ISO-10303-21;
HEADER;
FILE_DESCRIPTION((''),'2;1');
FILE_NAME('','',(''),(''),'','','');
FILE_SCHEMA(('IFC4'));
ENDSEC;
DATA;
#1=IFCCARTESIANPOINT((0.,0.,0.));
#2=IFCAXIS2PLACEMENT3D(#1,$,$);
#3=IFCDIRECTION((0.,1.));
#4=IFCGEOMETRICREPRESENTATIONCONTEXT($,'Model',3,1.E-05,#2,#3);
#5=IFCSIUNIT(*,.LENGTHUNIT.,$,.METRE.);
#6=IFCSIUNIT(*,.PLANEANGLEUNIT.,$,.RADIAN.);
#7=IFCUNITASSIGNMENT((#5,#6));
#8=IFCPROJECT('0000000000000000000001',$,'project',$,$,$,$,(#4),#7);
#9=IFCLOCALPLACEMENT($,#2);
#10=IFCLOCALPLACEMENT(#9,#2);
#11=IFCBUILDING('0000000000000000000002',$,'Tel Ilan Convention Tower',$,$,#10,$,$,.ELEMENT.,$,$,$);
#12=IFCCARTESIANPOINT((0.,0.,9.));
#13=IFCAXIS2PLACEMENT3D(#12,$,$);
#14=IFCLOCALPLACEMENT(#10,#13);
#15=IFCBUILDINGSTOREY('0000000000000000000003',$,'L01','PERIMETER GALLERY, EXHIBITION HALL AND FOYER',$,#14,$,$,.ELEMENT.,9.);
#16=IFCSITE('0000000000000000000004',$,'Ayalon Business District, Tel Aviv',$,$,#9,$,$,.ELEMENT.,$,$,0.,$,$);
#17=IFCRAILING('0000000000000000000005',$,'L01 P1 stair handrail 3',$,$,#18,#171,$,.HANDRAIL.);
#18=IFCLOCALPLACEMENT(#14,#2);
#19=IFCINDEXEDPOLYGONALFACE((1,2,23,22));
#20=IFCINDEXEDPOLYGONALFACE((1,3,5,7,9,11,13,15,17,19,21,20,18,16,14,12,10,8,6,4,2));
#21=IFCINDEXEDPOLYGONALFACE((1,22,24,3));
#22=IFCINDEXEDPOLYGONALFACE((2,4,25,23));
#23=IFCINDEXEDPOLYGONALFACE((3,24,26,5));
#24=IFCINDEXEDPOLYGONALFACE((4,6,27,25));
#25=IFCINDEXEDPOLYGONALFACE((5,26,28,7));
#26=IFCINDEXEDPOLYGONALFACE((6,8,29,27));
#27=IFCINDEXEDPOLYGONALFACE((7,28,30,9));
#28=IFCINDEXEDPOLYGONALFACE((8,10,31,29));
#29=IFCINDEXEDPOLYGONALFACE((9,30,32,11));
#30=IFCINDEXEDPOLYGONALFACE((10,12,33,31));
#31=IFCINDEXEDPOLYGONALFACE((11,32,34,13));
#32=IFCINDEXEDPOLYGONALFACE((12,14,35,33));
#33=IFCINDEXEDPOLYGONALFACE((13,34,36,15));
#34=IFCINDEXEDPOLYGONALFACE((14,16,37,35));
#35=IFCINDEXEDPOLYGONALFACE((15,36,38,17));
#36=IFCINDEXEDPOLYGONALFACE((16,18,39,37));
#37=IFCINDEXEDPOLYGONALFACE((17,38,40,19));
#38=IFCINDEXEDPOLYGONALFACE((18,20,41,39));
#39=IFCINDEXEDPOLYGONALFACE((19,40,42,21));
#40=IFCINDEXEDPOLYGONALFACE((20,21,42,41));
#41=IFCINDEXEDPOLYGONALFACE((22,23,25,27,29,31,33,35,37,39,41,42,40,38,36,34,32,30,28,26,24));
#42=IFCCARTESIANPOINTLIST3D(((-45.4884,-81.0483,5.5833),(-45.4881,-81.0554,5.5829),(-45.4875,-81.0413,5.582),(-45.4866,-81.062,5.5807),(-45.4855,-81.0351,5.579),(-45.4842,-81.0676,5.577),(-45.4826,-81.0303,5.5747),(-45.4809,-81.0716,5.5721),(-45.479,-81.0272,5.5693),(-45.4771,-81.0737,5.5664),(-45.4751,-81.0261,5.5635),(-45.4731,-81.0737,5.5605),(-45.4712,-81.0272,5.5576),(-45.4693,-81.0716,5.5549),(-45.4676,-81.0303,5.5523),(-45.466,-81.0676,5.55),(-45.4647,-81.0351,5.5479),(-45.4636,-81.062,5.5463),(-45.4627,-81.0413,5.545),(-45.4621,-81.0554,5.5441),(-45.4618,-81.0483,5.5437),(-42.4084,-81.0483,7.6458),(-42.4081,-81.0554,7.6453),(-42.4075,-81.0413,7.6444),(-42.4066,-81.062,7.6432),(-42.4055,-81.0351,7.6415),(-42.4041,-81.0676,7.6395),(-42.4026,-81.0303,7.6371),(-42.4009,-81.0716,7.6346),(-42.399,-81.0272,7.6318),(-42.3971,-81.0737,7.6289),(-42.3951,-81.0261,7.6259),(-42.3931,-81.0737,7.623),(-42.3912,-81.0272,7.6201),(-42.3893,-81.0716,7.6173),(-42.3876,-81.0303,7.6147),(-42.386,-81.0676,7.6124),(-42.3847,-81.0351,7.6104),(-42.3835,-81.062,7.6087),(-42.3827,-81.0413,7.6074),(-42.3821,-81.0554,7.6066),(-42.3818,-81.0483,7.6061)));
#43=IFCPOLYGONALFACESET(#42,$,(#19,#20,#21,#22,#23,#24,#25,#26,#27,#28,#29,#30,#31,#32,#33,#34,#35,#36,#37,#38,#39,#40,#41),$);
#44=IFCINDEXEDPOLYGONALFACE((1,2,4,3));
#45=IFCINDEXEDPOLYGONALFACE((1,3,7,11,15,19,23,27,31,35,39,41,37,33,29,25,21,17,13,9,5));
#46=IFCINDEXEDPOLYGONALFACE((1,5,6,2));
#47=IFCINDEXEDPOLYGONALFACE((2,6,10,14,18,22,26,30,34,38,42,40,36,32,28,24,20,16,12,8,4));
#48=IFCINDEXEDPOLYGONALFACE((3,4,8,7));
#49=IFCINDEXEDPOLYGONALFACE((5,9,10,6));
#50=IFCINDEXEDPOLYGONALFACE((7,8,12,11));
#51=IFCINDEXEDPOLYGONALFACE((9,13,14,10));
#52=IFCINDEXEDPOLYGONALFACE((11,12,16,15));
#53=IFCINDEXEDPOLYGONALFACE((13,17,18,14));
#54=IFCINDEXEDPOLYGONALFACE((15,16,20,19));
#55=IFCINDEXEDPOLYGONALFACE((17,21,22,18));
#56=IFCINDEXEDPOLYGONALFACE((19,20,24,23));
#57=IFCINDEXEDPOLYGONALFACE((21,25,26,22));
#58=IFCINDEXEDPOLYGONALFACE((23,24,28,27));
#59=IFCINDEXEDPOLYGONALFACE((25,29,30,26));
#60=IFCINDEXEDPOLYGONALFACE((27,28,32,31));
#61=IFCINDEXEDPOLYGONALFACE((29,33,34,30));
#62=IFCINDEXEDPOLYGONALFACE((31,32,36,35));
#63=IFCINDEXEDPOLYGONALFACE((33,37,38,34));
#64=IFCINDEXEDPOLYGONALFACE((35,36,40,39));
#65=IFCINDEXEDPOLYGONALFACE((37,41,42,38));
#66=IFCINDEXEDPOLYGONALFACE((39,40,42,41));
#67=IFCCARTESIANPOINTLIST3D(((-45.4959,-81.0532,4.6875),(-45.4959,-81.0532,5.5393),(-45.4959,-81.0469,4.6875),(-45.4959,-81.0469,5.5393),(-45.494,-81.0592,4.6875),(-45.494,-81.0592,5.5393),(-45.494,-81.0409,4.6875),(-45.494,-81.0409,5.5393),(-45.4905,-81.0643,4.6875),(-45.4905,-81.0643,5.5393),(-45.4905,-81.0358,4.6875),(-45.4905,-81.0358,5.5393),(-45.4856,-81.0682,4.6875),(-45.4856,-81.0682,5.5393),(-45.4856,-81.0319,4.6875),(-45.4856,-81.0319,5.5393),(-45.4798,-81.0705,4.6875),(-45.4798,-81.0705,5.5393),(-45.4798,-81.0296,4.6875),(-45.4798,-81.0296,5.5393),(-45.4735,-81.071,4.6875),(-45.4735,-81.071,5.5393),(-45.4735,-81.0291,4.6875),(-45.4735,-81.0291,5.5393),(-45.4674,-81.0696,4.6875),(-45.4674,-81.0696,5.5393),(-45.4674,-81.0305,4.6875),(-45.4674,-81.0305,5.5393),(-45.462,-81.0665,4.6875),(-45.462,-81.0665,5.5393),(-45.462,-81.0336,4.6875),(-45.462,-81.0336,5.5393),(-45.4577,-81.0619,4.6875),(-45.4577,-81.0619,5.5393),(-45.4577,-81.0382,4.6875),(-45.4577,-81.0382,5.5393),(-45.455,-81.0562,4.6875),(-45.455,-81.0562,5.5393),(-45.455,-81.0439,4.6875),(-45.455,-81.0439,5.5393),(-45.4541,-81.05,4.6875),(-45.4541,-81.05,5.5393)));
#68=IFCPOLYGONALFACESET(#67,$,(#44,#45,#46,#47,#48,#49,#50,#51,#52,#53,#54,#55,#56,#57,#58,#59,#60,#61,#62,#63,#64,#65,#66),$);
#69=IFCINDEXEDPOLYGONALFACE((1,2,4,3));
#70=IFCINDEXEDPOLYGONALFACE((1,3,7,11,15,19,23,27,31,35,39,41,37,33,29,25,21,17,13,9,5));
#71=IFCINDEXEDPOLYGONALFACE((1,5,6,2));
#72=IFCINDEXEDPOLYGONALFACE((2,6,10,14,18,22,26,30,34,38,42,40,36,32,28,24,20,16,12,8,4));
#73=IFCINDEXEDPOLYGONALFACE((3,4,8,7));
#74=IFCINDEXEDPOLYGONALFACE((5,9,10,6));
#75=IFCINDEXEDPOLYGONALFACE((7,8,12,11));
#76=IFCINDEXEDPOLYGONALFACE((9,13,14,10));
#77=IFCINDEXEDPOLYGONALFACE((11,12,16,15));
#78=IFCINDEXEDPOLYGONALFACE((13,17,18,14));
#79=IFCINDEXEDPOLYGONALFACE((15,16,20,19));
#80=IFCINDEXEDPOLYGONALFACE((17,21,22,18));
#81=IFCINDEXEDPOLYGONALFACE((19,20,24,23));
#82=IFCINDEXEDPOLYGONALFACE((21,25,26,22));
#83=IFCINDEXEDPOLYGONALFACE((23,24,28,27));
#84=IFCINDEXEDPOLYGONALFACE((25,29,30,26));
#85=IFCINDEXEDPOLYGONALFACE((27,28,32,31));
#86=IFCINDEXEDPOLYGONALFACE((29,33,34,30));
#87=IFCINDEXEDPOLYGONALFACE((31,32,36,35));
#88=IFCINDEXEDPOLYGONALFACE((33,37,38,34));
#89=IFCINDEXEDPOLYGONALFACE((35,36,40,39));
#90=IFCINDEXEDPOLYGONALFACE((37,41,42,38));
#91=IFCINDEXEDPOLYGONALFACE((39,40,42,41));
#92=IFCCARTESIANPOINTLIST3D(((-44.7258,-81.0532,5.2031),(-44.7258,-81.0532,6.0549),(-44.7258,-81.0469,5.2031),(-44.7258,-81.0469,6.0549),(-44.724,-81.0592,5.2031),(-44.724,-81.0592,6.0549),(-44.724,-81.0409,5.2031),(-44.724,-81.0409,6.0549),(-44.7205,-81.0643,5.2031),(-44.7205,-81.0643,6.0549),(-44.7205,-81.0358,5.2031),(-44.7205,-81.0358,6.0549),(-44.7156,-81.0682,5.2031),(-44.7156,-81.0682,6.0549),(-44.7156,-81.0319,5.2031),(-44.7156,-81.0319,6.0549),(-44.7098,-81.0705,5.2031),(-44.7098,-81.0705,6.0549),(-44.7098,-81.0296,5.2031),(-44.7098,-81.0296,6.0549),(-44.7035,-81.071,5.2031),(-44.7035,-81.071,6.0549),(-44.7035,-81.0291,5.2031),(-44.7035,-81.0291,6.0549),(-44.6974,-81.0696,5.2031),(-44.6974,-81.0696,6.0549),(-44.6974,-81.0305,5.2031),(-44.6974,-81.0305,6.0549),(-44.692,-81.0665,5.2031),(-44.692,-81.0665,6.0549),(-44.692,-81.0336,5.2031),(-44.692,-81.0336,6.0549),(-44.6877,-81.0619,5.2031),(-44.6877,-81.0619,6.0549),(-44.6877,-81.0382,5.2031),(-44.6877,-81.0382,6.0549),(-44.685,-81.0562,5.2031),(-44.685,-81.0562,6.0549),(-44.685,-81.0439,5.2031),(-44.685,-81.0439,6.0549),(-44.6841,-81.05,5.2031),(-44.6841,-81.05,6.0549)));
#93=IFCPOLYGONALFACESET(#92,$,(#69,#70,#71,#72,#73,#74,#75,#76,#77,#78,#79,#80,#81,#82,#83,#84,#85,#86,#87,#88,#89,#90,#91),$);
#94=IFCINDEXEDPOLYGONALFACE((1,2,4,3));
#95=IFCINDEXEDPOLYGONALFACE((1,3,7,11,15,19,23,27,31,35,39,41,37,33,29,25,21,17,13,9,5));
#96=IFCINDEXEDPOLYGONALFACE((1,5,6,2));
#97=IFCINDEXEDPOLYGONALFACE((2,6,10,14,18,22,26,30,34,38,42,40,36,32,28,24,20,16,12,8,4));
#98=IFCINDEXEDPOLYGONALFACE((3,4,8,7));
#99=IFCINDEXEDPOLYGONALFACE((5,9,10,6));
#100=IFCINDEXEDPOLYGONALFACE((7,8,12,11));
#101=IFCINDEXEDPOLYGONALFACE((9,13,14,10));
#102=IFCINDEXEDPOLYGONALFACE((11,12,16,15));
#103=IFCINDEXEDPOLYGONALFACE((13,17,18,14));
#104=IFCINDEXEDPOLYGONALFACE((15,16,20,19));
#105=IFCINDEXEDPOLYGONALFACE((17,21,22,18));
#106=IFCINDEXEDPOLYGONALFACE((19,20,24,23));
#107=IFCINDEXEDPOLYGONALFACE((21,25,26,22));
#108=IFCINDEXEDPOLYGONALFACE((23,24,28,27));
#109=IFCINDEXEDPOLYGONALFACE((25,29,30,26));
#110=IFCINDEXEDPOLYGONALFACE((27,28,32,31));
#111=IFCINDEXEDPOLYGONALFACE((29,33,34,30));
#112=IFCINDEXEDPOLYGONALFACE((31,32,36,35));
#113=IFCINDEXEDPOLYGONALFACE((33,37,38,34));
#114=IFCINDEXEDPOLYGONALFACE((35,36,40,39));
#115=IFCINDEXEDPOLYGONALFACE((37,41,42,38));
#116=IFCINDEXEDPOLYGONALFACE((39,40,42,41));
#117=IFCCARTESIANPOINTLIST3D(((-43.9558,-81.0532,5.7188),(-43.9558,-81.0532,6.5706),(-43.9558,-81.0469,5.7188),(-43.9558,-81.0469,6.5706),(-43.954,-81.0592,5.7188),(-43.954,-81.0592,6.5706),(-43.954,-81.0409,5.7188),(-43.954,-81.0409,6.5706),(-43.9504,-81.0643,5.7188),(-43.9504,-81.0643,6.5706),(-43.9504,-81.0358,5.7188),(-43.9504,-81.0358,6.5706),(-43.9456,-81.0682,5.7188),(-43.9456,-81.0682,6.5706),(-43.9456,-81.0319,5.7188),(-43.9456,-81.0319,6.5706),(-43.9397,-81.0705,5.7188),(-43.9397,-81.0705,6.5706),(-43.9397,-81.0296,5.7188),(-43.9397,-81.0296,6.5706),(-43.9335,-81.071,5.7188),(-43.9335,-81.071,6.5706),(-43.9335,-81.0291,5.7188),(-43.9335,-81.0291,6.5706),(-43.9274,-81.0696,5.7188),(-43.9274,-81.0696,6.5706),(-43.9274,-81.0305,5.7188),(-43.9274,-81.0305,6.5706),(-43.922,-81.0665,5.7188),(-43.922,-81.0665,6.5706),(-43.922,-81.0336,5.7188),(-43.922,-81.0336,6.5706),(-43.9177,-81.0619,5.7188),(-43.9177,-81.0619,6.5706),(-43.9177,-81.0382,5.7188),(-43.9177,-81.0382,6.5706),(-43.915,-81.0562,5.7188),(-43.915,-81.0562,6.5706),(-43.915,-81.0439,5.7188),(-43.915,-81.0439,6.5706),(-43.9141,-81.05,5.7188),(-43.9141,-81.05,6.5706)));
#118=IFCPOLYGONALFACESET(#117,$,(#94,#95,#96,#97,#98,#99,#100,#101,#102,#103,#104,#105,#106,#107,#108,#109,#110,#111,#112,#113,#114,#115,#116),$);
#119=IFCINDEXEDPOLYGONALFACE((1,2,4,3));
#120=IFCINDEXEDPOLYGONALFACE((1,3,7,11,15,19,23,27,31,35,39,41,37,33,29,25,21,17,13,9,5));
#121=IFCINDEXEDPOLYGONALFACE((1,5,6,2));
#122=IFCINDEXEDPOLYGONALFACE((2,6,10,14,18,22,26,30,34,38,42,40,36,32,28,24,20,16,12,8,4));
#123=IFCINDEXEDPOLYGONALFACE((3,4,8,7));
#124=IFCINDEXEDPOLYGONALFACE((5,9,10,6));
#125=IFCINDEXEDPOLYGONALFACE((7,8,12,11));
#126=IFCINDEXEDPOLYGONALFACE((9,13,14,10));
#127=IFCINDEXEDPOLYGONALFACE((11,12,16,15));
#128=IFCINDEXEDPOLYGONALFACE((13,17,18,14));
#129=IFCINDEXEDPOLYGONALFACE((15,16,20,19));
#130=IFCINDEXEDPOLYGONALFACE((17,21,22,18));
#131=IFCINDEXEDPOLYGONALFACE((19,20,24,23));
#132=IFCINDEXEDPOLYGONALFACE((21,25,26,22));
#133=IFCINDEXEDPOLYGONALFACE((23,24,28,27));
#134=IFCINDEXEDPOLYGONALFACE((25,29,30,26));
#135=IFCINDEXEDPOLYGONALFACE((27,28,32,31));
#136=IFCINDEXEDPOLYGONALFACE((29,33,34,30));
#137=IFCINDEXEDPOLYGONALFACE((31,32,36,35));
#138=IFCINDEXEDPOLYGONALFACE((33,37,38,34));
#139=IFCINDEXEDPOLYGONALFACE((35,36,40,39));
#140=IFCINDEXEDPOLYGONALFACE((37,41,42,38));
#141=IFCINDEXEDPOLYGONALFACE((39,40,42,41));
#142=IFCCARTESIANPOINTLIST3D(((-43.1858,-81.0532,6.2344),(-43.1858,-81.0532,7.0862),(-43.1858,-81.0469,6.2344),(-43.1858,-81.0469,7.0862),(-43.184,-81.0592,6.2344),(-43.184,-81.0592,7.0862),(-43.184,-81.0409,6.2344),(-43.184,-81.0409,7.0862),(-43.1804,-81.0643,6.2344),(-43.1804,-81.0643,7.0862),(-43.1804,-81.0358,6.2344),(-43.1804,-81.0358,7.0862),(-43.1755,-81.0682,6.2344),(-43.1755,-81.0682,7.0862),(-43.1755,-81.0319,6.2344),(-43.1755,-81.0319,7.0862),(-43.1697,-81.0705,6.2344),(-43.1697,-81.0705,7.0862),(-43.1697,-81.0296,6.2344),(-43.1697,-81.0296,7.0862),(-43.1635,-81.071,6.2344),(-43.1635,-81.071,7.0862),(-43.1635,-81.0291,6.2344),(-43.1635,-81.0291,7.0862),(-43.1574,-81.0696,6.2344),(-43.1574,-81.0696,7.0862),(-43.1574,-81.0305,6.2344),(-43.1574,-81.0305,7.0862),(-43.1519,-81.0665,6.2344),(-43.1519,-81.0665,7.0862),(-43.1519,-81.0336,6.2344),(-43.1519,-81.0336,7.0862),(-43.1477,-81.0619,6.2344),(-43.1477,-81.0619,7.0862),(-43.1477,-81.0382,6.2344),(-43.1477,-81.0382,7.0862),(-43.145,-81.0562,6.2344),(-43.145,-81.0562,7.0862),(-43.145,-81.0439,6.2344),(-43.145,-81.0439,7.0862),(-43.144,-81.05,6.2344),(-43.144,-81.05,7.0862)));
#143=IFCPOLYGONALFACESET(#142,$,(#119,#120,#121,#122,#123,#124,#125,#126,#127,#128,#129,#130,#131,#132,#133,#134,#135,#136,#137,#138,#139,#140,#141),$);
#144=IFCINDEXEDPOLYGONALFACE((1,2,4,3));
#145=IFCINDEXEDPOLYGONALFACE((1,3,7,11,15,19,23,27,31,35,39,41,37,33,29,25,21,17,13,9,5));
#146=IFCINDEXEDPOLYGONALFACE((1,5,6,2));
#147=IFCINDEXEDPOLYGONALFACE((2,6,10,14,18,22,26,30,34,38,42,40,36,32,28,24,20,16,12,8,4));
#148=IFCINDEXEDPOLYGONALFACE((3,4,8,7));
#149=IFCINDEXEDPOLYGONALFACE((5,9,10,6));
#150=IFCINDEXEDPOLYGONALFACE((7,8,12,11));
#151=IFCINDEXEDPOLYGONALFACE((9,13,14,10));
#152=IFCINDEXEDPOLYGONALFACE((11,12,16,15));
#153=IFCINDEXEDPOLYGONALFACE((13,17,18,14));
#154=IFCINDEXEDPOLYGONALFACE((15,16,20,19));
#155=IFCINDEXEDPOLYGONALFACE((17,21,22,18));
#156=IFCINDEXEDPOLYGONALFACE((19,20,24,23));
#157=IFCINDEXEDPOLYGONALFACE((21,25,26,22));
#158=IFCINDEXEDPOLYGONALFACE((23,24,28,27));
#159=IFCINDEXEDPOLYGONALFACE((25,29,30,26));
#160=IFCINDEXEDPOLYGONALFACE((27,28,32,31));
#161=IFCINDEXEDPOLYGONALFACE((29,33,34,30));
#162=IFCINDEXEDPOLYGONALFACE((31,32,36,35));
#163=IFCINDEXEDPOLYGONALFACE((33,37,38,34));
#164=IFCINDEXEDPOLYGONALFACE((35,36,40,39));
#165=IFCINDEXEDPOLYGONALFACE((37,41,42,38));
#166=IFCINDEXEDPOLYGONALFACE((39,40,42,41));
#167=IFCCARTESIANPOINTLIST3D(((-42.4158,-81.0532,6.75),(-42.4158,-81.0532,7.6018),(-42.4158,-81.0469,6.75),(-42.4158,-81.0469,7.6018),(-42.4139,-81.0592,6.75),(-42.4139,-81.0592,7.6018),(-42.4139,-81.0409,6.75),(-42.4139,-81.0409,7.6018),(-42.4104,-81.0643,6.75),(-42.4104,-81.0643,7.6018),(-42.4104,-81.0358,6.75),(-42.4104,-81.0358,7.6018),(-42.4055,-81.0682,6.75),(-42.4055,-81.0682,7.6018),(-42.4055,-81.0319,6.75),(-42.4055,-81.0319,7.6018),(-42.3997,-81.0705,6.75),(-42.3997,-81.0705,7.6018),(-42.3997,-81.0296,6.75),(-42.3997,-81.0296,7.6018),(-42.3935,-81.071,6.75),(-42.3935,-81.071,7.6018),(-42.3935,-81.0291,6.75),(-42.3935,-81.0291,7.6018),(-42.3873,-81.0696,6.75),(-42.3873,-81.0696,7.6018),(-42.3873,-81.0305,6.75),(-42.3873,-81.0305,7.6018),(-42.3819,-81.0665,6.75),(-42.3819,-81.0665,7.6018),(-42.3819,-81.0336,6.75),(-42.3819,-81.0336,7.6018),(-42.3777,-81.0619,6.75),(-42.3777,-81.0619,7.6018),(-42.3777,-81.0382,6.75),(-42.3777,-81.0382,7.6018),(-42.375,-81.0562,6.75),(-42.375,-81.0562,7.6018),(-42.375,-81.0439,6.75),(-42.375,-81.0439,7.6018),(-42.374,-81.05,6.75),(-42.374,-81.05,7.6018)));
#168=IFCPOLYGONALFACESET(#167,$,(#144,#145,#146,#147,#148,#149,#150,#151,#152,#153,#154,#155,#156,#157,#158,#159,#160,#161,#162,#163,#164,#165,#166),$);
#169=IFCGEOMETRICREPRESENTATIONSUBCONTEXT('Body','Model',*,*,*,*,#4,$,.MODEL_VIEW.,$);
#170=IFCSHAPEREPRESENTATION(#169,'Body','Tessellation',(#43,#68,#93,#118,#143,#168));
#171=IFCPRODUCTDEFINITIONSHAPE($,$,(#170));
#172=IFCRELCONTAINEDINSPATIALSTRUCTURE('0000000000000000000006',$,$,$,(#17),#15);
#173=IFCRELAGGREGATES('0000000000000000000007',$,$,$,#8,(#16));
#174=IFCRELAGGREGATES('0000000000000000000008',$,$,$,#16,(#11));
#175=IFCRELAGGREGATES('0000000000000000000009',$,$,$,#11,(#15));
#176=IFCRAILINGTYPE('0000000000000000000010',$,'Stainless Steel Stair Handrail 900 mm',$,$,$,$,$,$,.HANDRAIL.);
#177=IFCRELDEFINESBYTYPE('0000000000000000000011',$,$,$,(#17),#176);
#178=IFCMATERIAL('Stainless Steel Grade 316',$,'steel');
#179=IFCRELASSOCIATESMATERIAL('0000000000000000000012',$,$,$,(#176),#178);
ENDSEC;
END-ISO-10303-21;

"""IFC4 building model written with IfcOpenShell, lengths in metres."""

from ifc_helpers import new_model, si_unit, direction, frame, origin, origin_2d, place, context, subcontext, project, spatial, circle, extrude, material, type_object, element, save


model = new_model("IFC4")

# Units and contexts
model_context = context("Model", 3, precision=1e-05, world=origin(), true_north=direction((0.0, 1.0)))
body_context = subcontext(model_context, "Body", "Model", "MODEL_VIEW")
ifc_project = project(units=[si_unit("LENGTHUNIT", "METRE"), si_unit("PLANEANGLEUNIT", "RADIAN")], contexts=[model_context])

# Site, building, storey
site_placement = place(None, origin())
site = spatial("IfcSite", under=ifc_project, at=site_placement, Name="Ayalon Business District, Tel Aviv", CompositionType="ELEMENT", RefElevation=0.0)
building_placement = place(site_placement, origin())
building = spatial("IfcBuilding", under=site, at=building_placement, Name="Tel Ilan Convention Tower", CompositionType="ELEMENT")
storey_placement = place(building_placement, frame((0.0, 0.0, 9.0)))
storey = spatial("IfcBuildingStorey", under=building, at=storey_placement, Name="L01", Description="PERIMETER GALLERY, EXHIBITION HALL AND FOYER", CompositionType="ELEMENT", Elevation=9.0)

# Railing
ifc_material_1 = material(Name="Stainless Steel Grade 316", Category="steel")
railing_type_1 = type_object("IfcRailingType", Name="Stainless Steel Stair Handrail 900 mm", PredefinedType="HANDRAIL", material=ifc_material_1)
railing_1_placement = place(storey_placement, frame((-45.4751, -81.05, 4.6875)))
element("IfcRailing", 1, at=railing_1_placement, inside=storey, type_object=railing_type_1, Name="L01 P1 stair handrail 3", PredefinedType="HANDRAIL", context=body_context, shape_type="SweptSolid", body=[
    extrude(circle(Radius=0.0239, at=origin_2d()), frame((0.0, 0.0, 0.876), z_axis=(0.830914, 0.0, 0.556401), x_axis=(0.0, 1.0, 0.0)), (0.0, 0.0, 1.0), 3.7068),
    extrude(circle(Radius=0.021, at=origin_2d()), origin(), (0.0, 0.0, 1.0), 0.8518),
    extrude(circle(Radius=0.021, at=origin_2d()), frame((0.77, 0.0, 0.5156)), (0.0, 0.0, 1.0), 0.8518),
    extrude(circle(Radius=0.021, at=origin_2d()), frame((1.54, 0.0, 1.0312)), (0.0, 0.0, 1.0), 0.8518),
    extrude(circle(Radius=0.021, at=origin_2d()), frame((2.3101, 0.0, 1.5469)), (0.0, 0.0, 1.0), 0.8518),
    extrude(circle(Radius=0.021, at=origin_2d()), frame((3.0801, 0.0, 2.0625)), (0.0, 0.0, 1.0), 0.8518),
])

save(model, "model.ifc")
